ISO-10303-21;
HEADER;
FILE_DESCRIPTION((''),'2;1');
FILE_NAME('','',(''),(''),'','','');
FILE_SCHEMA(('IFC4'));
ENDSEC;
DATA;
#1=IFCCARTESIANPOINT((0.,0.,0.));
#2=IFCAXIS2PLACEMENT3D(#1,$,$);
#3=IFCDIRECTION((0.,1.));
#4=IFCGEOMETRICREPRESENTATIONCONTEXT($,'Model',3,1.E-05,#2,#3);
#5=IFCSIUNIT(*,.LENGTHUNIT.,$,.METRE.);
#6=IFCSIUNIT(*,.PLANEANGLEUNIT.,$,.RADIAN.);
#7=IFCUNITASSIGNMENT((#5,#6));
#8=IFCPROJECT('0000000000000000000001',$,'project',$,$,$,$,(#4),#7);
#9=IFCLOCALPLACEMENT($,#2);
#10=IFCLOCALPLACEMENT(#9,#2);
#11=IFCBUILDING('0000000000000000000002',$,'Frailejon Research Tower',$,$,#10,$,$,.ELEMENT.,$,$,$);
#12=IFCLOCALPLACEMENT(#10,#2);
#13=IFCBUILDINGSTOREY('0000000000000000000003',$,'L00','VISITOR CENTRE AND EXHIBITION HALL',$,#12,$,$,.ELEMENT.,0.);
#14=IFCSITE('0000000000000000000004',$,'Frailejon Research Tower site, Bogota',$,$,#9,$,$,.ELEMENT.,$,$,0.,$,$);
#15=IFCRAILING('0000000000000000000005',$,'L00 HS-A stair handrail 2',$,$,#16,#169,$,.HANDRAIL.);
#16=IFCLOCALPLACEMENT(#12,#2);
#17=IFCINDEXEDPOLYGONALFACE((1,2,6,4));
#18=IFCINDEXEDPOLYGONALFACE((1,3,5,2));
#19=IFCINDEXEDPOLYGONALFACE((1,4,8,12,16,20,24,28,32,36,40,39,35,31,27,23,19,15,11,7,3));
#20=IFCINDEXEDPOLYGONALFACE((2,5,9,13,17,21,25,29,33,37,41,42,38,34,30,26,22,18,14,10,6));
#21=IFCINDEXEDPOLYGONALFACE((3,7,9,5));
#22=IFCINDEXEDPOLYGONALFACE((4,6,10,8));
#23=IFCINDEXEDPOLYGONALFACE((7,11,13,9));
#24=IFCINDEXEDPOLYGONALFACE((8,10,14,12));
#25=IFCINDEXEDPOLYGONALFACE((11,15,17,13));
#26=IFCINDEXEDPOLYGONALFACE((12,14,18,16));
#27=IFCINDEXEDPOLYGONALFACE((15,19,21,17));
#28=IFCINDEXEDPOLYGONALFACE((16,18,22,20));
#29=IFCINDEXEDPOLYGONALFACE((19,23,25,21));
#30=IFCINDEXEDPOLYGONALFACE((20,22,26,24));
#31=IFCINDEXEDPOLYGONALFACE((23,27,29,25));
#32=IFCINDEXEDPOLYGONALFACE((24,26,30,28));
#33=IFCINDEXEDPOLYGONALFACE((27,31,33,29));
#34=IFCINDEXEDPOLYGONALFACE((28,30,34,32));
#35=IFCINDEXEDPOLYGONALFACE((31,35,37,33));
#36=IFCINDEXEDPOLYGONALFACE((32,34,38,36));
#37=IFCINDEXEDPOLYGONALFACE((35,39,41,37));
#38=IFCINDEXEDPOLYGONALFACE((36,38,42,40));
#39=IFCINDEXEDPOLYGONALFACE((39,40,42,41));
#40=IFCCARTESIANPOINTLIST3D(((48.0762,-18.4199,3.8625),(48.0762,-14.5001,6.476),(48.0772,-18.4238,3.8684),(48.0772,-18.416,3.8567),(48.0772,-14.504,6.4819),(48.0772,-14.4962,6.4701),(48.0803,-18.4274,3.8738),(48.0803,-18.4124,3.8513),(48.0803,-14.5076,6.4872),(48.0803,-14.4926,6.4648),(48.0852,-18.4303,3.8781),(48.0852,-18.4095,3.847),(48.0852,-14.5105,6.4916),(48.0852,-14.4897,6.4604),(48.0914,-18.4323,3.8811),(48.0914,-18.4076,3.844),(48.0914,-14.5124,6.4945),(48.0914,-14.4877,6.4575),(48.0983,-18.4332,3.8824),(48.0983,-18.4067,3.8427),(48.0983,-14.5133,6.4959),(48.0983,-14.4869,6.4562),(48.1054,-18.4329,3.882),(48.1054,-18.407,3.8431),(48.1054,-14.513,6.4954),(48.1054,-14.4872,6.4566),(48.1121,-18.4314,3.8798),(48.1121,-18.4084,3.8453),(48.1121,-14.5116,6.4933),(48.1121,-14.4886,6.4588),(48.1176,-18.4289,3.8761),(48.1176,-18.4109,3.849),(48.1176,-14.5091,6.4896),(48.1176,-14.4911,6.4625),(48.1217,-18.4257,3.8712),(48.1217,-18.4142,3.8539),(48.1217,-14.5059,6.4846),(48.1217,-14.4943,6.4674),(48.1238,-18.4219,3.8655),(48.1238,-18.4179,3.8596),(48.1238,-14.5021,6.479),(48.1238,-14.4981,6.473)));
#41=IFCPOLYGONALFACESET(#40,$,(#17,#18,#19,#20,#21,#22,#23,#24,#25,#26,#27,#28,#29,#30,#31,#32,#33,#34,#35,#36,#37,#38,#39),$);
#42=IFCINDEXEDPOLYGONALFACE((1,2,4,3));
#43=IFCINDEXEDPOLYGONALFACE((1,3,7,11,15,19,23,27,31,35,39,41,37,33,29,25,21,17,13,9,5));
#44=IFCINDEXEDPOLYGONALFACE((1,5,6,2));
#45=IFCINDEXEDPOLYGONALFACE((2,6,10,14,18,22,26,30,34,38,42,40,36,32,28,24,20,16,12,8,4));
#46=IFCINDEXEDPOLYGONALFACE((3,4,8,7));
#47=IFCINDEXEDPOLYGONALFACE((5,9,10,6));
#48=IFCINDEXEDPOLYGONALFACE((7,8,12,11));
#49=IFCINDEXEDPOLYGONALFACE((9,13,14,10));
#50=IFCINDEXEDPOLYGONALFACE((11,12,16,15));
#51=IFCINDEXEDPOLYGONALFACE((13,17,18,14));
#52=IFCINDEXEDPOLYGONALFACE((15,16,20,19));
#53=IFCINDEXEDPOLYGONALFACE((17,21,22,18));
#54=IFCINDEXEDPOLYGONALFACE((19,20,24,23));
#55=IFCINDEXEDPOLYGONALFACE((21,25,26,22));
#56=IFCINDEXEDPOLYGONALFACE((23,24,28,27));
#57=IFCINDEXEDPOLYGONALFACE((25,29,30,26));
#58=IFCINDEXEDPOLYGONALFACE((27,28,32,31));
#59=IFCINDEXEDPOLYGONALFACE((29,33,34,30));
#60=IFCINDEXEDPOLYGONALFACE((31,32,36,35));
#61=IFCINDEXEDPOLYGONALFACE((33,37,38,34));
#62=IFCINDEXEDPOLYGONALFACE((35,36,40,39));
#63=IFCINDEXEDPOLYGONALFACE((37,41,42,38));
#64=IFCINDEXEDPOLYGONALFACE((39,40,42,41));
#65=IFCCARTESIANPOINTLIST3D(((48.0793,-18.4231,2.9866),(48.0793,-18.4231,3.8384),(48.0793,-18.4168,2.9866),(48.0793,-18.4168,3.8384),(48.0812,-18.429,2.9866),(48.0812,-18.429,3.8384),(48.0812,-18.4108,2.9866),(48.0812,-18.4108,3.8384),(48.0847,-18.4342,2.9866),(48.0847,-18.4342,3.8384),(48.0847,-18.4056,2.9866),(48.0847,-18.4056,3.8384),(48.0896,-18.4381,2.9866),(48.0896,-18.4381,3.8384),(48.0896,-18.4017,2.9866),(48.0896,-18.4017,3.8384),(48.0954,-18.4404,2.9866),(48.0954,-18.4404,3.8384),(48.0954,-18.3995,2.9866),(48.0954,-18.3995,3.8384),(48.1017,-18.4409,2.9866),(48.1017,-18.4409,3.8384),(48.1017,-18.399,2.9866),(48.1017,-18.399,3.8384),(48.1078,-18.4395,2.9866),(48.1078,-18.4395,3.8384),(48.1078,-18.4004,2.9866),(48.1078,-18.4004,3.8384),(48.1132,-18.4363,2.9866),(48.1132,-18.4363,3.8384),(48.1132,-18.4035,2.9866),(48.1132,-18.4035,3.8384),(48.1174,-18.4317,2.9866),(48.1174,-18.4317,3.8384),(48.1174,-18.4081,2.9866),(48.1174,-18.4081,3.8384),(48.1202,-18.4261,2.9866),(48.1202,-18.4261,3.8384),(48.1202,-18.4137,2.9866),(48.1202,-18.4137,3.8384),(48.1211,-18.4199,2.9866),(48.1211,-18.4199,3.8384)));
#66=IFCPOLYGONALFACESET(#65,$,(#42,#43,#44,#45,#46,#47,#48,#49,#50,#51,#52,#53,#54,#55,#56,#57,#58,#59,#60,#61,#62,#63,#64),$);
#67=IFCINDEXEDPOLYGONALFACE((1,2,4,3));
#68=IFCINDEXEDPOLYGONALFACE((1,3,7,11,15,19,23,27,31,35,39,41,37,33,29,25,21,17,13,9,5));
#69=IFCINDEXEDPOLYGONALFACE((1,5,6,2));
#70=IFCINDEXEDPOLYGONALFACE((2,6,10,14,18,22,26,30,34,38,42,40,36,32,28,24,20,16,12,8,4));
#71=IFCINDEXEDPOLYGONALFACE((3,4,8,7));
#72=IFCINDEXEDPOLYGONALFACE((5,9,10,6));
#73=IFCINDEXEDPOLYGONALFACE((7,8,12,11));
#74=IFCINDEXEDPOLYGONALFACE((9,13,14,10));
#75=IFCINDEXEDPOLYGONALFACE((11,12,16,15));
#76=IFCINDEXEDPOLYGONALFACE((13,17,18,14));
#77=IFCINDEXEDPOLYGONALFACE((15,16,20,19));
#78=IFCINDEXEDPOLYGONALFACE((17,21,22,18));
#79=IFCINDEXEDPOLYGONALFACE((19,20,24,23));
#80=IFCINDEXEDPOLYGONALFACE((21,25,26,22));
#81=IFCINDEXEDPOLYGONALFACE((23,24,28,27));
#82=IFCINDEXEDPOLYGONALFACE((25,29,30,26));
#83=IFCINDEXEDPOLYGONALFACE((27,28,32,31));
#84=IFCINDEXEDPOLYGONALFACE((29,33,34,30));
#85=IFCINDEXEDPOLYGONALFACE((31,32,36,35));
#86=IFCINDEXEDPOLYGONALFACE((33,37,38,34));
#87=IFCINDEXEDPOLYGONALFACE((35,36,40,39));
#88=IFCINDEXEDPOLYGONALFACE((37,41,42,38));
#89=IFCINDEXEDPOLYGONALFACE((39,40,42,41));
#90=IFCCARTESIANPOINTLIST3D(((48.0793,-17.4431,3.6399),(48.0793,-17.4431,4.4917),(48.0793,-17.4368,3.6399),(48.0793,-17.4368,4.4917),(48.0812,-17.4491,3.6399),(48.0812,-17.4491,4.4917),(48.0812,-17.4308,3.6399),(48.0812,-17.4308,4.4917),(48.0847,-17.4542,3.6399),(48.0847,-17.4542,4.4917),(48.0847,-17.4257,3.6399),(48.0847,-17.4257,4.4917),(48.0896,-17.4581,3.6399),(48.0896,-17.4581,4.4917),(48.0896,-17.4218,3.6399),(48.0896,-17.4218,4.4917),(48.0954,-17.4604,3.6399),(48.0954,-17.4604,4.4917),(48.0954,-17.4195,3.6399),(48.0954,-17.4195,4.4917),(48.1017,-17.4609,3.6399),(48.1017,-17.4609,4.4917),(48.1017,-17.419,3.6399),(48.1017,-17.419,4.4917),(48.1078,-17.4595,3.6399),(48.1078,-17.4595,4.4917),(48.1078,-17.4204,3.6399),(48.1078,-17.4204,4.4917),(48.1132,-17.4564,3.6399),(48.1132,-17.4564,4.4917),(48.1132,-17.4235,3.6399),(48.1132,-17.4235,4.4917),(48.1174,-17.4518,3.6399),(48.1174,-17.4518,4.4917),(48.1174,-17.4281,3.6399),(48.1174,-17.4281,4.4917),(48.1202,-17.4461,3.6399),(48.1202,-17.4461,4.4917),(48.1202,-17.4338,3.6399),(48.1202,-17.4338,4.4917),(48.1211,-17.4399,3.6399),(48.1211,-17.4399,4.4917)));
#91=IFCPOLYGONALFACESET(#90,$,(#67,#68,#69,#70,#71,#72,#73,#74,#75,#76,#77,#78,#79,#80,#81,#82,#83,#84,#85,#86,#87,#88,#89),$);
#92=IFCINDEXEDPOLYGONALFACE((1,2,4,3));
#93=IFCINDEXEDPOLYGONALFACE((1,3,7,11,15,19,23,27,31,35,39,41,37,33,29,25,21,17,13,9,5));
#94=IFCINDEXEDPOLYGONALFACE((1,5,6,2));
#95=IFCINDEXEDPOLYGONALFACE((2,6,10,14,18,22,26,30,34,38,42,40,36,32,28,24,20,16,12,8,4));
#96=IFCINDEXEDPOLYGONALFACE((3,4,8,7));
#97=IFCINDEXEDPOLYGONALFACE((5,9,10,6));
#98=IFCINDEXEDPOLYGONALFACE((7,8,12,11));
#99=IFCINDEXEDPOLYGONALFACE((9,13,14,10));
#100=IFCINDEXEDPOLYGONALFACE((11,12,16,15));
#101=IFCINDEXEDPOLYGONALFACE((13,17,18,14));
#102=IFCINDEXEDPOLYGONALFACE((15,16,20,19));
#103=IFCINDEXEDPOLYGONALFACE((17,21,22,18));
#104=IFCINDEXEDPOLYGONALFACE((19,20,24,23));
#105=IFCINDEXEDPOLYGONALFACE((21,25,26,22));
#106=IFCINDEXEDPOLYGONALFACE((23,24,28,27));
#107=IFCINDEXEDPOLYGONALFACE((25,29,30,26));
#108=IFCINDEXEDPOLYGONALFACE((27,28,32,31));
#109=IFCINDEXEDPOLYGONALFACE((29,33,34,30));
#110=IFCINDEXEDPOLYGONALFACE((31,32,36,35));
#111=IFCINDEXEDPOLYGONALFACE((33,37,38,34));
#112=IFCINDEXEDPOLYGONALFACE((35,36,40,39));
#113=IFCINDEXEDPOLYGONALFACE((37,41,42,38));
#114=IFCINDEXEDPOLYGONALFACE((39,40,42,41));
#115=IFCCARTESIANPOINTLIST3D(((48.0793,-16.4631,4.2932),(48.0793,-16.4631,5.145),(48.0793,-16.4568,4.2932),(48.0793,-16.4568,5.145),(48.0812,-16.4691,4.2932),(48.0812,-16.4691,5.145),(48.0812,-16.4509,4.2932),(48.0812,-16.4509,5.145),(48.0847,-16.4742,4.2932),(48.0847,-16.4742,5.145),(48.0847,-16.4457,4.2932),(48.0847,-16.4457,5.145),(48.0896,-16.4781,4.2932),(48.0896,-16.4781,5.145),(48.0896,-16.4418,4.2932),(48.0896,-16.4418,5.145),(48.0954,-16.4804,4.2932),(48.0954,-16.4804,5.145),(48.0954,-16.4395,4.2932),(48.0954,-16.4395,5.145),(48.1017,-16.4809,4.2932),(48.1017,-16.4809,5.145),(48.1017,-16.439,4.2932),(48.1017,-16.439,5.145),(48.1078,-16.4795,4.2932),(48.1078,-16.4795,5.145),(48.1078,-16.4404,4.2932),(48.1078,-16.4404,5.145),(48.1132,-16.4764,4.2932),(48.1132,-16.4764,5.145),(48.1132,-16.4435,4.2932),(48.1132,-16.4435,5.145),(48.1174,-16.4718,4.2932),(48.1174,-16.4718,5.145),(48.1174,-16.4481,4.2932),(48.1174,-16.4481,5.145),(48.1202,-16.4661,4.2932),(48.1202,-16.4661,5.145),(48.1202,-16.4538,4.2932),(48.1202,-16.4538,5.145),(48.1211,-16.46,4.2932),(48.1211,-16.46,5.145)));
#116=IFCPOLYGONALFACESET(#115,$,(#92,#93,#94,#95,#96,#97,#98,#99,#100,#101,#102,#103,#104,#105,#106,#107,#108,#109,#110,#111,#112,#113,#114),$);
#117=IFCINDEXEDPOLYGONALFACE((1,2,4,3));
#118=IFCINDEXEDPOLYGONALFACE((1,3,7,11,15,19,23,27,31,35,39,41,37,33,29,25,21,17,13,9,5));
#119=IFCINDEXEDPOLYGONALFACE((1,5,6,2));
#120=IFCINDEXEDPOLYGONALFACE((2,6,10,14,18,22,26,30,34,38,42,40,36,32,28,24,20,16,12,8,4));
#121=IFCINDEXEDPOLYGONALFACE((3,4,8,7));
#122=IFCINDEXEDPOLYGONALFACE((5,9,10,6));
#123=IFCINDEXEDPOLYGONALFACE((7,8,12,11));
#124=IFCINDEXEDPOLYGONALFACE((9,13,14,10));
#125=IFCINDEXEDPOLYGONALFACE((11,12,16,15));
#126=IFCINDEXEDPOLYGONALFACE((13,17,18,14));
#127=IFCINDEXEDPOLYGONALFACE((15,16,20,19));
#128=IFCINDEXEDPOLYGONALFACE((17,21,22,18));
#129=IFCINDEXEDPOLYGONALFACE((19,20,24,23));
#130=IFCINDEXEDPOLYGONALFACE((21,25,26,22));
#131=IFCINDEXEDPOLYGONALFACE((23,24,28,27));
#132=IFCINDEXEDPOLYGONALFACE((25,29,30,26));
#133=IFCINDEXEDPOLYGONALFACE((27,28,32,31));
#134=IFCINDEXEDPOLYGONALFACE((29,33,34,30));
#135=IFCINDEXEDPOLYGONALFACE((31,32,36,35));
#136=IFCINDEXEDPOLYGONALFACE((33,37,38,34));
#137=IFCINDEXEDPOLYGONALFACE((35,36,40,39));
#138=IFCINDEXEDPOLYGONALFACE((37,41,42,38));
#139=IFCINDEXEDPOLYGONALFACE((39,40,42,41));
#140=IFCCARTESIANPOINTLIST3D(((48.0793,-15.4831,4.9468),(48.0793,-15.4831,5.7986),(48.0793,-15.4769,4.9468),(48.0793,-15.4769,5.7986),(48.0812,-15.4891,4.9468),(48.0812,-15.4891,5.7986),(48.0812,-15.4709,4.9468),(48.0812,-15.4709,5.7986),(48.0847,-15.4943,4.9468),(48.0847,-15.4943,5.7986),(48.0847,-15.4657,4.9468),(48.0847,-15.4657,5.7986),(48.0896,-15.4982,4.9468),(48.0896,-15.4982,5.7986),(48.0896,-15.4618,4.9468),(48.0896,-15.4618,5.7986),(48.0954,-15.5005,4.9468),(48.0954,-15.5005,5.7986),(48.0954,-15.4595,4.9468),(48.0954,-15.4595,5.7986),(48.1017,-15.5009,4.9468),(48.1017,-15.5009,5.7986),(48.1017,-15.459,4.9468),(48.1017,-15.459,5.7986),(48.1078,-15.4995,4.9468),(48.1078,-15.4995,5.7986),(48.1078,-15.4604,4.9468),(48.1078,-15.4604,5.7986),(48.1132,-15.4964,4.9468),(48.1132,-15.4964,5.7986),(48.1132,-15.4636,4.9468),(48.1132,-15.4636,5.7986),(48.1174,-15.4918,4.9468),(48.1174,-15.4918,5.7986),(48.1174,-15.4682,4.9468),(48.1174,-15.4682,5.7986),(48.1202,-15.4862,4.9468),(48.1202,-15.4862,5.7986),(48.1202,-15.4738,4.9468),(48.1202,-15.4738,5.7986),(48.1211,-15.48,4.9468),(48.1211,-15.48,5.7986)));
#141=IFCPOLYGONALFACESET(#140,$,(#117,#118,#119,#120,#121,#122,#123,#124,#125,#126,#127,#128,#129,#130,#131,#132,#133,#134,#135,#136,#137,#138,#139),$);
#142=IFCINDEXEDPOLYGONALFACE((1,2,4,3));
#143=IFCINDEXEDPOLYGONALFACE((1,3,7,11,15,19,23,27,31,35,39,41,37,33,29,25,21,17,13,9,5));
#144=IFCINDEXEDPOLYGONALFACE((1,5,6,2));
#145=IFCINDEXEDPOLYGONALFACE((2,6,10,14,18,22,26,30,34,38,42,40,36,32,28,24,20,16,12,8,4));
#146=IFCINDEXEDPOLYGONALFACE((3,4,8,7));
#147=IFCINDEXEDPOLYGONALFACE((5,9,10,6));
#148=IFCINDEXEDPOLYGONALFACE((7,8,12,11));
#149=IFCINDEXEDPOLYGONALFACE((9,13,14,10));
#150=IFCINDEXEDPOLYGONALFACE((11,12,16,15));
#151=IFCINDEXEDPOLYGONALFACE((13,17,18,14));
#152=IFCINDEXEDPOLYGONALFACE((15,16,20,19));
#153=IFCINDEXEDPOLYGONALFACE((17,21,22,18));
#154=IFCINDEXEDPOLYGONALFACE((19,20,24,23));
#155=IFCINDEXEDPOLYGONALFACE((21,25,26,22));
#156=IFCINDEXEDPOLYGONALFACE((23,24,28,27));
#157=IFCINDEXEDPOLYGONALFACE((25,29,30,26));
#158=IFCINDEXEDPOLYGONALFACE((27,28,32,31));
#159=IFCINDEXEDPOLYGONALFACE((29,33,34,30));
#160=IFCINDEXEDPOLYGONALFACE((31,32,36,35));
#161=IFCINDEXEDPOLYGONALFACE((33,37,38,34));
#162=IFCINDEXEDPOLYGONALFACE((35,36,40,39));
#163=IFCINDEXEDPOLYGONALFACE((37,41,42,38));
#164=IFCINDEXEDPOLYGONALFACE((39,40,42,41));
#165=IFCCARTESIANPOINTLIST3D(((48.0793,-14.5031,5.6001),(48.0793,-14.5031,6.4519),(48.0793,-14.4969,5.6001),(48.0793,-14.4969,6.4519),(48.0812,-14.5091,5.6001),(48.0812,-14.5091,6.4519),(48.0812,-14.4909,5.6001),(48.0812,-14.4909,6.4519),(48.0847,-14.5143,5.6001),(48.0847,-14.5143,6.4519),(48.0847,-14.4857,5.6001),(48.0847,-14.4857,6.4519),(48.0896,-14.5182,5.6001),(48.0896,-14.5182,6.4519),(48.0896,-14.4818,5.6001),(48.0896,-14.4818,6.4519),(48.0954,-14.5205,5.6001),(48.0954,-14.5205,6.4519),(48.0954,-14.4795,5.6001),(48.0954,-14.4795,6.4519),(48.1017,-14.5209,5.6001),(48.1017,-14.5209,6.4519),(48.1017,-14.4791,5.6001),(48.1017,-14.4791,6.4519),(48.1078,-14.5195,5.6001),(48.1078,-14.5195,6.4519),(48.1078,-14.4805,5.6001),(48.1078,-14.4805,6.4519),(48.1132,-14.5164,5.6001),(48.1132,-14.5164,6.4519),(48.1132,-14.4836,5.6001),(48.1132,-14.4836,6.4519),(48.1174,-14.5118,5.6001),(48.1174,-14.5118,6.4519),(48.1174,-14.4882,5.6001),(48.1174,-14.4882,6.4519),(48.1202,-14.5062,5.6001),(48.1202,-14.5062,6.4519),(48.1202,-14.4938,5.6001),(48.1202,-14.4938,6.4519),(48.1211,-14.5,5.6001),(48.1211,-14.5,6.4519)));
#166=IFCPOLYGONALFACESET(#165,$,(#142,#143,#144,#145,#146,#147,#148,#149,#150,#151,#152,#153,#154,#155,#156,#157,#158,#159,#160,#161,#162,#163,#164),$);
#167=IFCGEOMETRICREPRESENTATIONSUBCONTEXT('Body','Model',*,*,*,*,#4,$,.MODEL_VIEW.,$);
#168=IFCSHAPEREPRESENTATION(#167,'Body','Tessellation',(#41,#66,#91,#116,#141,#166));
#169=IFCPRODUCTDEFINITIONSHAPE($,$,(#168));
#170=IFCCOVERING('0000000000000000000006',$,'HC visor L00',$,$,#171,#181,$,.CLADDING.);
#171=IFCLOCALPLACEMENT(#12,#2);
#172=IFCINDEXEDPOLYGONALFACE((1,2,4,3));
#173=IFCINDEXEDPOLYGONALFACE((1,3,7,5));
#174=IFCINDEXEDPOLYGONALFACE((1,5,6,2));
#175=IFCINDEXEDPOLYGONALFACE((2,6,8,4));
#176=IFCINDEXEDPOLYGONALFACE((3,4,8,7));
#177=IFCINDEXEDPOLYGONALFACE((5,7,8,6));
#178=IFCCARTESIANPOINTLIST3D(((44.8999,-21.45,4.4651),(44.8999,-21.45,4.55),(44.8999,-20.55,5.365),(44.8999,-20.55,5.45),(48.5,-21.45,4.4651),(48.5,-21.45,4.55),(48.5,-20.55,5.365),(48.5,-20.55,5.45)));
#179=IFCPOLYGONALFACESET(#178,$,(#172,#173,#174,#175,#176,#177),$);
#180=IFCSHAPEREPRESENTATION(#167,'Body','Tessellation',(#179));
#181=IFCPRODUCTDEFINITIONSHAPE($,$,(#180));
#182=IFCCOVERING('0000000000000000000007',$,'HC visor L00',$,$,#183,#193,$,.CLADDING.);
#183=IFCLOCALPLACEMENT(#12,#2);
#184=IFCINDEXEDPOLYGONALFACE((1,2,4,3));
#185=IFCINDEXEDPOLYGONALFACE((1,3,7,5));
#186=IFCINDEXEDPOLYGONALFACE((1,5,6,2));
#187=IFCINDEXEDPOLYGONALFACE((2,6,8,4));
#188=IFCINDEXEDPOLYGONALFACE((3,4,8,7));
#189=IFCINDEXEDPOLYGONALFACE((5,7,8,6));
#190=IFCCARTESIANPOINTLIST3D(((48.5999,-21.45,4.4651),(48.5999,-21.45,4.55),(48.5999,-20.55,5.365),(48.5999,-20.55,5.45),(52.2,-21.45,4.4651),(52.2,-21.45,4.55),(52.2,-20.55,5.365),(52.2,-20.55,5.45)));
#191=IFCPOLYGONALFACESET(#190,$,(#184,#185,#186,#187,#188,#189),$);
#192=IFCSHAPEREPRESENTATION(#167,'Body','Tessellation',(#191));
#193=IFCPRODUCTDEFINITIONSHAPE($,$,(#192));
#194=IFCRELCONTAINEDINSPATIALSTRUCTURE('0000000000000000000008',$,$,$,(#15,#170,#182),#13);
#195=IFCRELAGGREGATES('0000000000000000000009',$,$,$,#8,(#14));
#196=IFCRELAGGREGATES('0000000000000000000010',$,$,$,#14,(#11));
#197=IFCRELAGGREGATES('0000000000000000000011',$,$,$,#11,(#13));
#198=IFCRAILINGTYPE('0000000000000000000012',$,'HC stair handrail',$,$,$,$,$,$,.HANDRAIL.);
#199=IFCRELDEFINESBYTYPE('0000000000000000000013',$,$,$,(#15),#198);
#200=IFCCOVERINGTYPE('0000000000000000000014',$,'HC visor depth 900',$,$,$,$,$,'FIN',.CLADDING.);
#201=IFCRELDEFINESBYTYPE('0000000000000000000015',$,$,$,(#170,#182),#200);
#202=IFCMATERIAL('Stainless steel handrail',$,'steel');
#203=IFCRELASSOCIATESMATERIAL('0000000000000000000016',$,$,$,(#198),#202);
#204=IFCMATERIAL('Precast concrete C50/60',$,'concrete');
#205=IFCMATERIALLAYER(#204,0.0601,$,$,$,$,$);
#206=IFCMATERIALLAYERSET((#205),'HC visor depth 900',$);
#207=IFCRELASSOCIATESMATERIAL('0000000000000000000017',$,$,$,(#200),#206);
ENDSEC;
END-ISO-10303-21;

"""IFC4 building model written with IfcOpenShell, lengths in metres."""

from ifc_helpers import new_model, si_unit, direction, frame, origin, origin_2d, place, context, subcontext, project, spatial, polyline, circle, outline, extrude, material, layer, layer_set, type_object, element, save


model = new_model("IFC4")

# Units and contexts
model_context = context("Model", 3, precision=1e-05, world=origin(), true_north=direction((0.0, 1.0)))
body_context = subcontext(model_context, "Body", "Model", "MODEL_VIEW")
ifc_project = project(units=[si_unit("LENGTHUNIT", "METRE"), si_unit("PLANEANGLEUNIT", "RADIAN")], contexts=[model_context])

# Site, building, storey
site_placement = place(None, origin())
site = spatial("IfcSite", under=ifc_project, at=site_placement, Name="Frailejon Research Tower site, Bogota", CompositionType="ELEMENT", RefElevation=0.0)
building_placement = place(site_placement, origin())
building = spatial("IfcBuilding", under=site, at=building_placement, Name="Frailejon Research Tower", CompositionType="ELEMENT")
storey_placement = place(building_placement, origin())
storey = spatial("IfcBuildingStorey", under=building, at=storey_placement, Name="L00", Description="VISITOR CENTRE AND EXHIBITION HALL", CompositionType="ELEMENT", Elevation=0.0)

# Railing
ifc_material_1 = material(Name="Stainless steel handrail", Category="steel")
railing_type = type_object("IfcRailingType", Name="HC stair handrail", PredefinedType="HANDRAIL", material=ifc_material_1)
railing_placement = place(storey_placement, frame((48.1001, -18.4199, 2.9866)))
element("IfcRailing", 1, at=railing_placement, inside=storey, type_object=railing_type, Name="L00 HS-A stair handrail 2", PredefinedType="HANDRAIL", context=body_context, shape_type="SweptSolid", body=[
    extrude(circle(Radius=0.0239, at=origin_2d()), frame((0.0, 0.0, 0.876), z_axis=(0.0, 0.832026, 0.554736), x_axis=(-1.0, 0.0, 0.0)), (0.0, 0.0, 1.0), 4.7112),
    extrude(circle(Radius=0.021, at=origin_2d()), origin(), (0.0, 0.0, 1.0), 0.8518),
    extrude(circle(Radius=0.021, at=origin_2d()), frame((0.0, 0.98, 0.6533)), (0.0, 0.0, 1.0), 0.8518),
    extrude(circle(Radius=0.021, at=origin_2d()), frame((0.0, 1.96, 1.3066)), (0.0, 0.0, 1.0), 0.8518),
    extrude(circle(Radius=0.021, at=origin_2d()), frame((0.0, 2.9399, 1.9602)), (0.0, 0.0, 1.0), 0.8518),
    extrude(circle(Radius=0.021, at=origin_2d()), frame((0.0, 3.9199, 2.6135)), (0.0, 0.0, 1.0), 0.8518),
])

# Coverings
ifc_material_2 = material(Name="Precast concrete C50/60", Category="concrete")
ifc_layer_1 = layer(ifc_material_2, 0.0601)
ifc_layer_set_1 = layer_set([ifc_layer_1], Name="HC visor depth 900")
covering_type = type_object("IfcCoveringType", Name="HC visor depth 900", ElementType="FIN", PredefinedType="CLADDING", material=ifc_layer_set_1)
for number, where, z_axis, x_axis, name in (
    (2, (48.5, -20.55, 5.45), (-1.0, 0.0, 0.0), (0.0, -1.0, 0.0), "HC visor L00"),
    (3, (52.2, -20.55, 5.45), (-1.0, 0.0, 0.0), (0.0, -1.0, 0.0), "HC visor L00"),
):
    element("IfcCovering", number, at=place(storey_placement, frame(where, z_axis=z_axis, x_axis=x_axis)), inside=storey, type_object=covering_type, Name=name, PredefinedType="CLADDING", context=body_context, shape_type="SweptSolid", body=[
        extrude(outline(polyline([(0.0, -0.085), (0.8999, -0.9849), (0.8999, -0.8999), (0.0, 0.0), (0.0, -0.085)])), origin(), (0.0, 0.0, 1.0), 3.6001),
    ])

save(model, "model.ifc")
